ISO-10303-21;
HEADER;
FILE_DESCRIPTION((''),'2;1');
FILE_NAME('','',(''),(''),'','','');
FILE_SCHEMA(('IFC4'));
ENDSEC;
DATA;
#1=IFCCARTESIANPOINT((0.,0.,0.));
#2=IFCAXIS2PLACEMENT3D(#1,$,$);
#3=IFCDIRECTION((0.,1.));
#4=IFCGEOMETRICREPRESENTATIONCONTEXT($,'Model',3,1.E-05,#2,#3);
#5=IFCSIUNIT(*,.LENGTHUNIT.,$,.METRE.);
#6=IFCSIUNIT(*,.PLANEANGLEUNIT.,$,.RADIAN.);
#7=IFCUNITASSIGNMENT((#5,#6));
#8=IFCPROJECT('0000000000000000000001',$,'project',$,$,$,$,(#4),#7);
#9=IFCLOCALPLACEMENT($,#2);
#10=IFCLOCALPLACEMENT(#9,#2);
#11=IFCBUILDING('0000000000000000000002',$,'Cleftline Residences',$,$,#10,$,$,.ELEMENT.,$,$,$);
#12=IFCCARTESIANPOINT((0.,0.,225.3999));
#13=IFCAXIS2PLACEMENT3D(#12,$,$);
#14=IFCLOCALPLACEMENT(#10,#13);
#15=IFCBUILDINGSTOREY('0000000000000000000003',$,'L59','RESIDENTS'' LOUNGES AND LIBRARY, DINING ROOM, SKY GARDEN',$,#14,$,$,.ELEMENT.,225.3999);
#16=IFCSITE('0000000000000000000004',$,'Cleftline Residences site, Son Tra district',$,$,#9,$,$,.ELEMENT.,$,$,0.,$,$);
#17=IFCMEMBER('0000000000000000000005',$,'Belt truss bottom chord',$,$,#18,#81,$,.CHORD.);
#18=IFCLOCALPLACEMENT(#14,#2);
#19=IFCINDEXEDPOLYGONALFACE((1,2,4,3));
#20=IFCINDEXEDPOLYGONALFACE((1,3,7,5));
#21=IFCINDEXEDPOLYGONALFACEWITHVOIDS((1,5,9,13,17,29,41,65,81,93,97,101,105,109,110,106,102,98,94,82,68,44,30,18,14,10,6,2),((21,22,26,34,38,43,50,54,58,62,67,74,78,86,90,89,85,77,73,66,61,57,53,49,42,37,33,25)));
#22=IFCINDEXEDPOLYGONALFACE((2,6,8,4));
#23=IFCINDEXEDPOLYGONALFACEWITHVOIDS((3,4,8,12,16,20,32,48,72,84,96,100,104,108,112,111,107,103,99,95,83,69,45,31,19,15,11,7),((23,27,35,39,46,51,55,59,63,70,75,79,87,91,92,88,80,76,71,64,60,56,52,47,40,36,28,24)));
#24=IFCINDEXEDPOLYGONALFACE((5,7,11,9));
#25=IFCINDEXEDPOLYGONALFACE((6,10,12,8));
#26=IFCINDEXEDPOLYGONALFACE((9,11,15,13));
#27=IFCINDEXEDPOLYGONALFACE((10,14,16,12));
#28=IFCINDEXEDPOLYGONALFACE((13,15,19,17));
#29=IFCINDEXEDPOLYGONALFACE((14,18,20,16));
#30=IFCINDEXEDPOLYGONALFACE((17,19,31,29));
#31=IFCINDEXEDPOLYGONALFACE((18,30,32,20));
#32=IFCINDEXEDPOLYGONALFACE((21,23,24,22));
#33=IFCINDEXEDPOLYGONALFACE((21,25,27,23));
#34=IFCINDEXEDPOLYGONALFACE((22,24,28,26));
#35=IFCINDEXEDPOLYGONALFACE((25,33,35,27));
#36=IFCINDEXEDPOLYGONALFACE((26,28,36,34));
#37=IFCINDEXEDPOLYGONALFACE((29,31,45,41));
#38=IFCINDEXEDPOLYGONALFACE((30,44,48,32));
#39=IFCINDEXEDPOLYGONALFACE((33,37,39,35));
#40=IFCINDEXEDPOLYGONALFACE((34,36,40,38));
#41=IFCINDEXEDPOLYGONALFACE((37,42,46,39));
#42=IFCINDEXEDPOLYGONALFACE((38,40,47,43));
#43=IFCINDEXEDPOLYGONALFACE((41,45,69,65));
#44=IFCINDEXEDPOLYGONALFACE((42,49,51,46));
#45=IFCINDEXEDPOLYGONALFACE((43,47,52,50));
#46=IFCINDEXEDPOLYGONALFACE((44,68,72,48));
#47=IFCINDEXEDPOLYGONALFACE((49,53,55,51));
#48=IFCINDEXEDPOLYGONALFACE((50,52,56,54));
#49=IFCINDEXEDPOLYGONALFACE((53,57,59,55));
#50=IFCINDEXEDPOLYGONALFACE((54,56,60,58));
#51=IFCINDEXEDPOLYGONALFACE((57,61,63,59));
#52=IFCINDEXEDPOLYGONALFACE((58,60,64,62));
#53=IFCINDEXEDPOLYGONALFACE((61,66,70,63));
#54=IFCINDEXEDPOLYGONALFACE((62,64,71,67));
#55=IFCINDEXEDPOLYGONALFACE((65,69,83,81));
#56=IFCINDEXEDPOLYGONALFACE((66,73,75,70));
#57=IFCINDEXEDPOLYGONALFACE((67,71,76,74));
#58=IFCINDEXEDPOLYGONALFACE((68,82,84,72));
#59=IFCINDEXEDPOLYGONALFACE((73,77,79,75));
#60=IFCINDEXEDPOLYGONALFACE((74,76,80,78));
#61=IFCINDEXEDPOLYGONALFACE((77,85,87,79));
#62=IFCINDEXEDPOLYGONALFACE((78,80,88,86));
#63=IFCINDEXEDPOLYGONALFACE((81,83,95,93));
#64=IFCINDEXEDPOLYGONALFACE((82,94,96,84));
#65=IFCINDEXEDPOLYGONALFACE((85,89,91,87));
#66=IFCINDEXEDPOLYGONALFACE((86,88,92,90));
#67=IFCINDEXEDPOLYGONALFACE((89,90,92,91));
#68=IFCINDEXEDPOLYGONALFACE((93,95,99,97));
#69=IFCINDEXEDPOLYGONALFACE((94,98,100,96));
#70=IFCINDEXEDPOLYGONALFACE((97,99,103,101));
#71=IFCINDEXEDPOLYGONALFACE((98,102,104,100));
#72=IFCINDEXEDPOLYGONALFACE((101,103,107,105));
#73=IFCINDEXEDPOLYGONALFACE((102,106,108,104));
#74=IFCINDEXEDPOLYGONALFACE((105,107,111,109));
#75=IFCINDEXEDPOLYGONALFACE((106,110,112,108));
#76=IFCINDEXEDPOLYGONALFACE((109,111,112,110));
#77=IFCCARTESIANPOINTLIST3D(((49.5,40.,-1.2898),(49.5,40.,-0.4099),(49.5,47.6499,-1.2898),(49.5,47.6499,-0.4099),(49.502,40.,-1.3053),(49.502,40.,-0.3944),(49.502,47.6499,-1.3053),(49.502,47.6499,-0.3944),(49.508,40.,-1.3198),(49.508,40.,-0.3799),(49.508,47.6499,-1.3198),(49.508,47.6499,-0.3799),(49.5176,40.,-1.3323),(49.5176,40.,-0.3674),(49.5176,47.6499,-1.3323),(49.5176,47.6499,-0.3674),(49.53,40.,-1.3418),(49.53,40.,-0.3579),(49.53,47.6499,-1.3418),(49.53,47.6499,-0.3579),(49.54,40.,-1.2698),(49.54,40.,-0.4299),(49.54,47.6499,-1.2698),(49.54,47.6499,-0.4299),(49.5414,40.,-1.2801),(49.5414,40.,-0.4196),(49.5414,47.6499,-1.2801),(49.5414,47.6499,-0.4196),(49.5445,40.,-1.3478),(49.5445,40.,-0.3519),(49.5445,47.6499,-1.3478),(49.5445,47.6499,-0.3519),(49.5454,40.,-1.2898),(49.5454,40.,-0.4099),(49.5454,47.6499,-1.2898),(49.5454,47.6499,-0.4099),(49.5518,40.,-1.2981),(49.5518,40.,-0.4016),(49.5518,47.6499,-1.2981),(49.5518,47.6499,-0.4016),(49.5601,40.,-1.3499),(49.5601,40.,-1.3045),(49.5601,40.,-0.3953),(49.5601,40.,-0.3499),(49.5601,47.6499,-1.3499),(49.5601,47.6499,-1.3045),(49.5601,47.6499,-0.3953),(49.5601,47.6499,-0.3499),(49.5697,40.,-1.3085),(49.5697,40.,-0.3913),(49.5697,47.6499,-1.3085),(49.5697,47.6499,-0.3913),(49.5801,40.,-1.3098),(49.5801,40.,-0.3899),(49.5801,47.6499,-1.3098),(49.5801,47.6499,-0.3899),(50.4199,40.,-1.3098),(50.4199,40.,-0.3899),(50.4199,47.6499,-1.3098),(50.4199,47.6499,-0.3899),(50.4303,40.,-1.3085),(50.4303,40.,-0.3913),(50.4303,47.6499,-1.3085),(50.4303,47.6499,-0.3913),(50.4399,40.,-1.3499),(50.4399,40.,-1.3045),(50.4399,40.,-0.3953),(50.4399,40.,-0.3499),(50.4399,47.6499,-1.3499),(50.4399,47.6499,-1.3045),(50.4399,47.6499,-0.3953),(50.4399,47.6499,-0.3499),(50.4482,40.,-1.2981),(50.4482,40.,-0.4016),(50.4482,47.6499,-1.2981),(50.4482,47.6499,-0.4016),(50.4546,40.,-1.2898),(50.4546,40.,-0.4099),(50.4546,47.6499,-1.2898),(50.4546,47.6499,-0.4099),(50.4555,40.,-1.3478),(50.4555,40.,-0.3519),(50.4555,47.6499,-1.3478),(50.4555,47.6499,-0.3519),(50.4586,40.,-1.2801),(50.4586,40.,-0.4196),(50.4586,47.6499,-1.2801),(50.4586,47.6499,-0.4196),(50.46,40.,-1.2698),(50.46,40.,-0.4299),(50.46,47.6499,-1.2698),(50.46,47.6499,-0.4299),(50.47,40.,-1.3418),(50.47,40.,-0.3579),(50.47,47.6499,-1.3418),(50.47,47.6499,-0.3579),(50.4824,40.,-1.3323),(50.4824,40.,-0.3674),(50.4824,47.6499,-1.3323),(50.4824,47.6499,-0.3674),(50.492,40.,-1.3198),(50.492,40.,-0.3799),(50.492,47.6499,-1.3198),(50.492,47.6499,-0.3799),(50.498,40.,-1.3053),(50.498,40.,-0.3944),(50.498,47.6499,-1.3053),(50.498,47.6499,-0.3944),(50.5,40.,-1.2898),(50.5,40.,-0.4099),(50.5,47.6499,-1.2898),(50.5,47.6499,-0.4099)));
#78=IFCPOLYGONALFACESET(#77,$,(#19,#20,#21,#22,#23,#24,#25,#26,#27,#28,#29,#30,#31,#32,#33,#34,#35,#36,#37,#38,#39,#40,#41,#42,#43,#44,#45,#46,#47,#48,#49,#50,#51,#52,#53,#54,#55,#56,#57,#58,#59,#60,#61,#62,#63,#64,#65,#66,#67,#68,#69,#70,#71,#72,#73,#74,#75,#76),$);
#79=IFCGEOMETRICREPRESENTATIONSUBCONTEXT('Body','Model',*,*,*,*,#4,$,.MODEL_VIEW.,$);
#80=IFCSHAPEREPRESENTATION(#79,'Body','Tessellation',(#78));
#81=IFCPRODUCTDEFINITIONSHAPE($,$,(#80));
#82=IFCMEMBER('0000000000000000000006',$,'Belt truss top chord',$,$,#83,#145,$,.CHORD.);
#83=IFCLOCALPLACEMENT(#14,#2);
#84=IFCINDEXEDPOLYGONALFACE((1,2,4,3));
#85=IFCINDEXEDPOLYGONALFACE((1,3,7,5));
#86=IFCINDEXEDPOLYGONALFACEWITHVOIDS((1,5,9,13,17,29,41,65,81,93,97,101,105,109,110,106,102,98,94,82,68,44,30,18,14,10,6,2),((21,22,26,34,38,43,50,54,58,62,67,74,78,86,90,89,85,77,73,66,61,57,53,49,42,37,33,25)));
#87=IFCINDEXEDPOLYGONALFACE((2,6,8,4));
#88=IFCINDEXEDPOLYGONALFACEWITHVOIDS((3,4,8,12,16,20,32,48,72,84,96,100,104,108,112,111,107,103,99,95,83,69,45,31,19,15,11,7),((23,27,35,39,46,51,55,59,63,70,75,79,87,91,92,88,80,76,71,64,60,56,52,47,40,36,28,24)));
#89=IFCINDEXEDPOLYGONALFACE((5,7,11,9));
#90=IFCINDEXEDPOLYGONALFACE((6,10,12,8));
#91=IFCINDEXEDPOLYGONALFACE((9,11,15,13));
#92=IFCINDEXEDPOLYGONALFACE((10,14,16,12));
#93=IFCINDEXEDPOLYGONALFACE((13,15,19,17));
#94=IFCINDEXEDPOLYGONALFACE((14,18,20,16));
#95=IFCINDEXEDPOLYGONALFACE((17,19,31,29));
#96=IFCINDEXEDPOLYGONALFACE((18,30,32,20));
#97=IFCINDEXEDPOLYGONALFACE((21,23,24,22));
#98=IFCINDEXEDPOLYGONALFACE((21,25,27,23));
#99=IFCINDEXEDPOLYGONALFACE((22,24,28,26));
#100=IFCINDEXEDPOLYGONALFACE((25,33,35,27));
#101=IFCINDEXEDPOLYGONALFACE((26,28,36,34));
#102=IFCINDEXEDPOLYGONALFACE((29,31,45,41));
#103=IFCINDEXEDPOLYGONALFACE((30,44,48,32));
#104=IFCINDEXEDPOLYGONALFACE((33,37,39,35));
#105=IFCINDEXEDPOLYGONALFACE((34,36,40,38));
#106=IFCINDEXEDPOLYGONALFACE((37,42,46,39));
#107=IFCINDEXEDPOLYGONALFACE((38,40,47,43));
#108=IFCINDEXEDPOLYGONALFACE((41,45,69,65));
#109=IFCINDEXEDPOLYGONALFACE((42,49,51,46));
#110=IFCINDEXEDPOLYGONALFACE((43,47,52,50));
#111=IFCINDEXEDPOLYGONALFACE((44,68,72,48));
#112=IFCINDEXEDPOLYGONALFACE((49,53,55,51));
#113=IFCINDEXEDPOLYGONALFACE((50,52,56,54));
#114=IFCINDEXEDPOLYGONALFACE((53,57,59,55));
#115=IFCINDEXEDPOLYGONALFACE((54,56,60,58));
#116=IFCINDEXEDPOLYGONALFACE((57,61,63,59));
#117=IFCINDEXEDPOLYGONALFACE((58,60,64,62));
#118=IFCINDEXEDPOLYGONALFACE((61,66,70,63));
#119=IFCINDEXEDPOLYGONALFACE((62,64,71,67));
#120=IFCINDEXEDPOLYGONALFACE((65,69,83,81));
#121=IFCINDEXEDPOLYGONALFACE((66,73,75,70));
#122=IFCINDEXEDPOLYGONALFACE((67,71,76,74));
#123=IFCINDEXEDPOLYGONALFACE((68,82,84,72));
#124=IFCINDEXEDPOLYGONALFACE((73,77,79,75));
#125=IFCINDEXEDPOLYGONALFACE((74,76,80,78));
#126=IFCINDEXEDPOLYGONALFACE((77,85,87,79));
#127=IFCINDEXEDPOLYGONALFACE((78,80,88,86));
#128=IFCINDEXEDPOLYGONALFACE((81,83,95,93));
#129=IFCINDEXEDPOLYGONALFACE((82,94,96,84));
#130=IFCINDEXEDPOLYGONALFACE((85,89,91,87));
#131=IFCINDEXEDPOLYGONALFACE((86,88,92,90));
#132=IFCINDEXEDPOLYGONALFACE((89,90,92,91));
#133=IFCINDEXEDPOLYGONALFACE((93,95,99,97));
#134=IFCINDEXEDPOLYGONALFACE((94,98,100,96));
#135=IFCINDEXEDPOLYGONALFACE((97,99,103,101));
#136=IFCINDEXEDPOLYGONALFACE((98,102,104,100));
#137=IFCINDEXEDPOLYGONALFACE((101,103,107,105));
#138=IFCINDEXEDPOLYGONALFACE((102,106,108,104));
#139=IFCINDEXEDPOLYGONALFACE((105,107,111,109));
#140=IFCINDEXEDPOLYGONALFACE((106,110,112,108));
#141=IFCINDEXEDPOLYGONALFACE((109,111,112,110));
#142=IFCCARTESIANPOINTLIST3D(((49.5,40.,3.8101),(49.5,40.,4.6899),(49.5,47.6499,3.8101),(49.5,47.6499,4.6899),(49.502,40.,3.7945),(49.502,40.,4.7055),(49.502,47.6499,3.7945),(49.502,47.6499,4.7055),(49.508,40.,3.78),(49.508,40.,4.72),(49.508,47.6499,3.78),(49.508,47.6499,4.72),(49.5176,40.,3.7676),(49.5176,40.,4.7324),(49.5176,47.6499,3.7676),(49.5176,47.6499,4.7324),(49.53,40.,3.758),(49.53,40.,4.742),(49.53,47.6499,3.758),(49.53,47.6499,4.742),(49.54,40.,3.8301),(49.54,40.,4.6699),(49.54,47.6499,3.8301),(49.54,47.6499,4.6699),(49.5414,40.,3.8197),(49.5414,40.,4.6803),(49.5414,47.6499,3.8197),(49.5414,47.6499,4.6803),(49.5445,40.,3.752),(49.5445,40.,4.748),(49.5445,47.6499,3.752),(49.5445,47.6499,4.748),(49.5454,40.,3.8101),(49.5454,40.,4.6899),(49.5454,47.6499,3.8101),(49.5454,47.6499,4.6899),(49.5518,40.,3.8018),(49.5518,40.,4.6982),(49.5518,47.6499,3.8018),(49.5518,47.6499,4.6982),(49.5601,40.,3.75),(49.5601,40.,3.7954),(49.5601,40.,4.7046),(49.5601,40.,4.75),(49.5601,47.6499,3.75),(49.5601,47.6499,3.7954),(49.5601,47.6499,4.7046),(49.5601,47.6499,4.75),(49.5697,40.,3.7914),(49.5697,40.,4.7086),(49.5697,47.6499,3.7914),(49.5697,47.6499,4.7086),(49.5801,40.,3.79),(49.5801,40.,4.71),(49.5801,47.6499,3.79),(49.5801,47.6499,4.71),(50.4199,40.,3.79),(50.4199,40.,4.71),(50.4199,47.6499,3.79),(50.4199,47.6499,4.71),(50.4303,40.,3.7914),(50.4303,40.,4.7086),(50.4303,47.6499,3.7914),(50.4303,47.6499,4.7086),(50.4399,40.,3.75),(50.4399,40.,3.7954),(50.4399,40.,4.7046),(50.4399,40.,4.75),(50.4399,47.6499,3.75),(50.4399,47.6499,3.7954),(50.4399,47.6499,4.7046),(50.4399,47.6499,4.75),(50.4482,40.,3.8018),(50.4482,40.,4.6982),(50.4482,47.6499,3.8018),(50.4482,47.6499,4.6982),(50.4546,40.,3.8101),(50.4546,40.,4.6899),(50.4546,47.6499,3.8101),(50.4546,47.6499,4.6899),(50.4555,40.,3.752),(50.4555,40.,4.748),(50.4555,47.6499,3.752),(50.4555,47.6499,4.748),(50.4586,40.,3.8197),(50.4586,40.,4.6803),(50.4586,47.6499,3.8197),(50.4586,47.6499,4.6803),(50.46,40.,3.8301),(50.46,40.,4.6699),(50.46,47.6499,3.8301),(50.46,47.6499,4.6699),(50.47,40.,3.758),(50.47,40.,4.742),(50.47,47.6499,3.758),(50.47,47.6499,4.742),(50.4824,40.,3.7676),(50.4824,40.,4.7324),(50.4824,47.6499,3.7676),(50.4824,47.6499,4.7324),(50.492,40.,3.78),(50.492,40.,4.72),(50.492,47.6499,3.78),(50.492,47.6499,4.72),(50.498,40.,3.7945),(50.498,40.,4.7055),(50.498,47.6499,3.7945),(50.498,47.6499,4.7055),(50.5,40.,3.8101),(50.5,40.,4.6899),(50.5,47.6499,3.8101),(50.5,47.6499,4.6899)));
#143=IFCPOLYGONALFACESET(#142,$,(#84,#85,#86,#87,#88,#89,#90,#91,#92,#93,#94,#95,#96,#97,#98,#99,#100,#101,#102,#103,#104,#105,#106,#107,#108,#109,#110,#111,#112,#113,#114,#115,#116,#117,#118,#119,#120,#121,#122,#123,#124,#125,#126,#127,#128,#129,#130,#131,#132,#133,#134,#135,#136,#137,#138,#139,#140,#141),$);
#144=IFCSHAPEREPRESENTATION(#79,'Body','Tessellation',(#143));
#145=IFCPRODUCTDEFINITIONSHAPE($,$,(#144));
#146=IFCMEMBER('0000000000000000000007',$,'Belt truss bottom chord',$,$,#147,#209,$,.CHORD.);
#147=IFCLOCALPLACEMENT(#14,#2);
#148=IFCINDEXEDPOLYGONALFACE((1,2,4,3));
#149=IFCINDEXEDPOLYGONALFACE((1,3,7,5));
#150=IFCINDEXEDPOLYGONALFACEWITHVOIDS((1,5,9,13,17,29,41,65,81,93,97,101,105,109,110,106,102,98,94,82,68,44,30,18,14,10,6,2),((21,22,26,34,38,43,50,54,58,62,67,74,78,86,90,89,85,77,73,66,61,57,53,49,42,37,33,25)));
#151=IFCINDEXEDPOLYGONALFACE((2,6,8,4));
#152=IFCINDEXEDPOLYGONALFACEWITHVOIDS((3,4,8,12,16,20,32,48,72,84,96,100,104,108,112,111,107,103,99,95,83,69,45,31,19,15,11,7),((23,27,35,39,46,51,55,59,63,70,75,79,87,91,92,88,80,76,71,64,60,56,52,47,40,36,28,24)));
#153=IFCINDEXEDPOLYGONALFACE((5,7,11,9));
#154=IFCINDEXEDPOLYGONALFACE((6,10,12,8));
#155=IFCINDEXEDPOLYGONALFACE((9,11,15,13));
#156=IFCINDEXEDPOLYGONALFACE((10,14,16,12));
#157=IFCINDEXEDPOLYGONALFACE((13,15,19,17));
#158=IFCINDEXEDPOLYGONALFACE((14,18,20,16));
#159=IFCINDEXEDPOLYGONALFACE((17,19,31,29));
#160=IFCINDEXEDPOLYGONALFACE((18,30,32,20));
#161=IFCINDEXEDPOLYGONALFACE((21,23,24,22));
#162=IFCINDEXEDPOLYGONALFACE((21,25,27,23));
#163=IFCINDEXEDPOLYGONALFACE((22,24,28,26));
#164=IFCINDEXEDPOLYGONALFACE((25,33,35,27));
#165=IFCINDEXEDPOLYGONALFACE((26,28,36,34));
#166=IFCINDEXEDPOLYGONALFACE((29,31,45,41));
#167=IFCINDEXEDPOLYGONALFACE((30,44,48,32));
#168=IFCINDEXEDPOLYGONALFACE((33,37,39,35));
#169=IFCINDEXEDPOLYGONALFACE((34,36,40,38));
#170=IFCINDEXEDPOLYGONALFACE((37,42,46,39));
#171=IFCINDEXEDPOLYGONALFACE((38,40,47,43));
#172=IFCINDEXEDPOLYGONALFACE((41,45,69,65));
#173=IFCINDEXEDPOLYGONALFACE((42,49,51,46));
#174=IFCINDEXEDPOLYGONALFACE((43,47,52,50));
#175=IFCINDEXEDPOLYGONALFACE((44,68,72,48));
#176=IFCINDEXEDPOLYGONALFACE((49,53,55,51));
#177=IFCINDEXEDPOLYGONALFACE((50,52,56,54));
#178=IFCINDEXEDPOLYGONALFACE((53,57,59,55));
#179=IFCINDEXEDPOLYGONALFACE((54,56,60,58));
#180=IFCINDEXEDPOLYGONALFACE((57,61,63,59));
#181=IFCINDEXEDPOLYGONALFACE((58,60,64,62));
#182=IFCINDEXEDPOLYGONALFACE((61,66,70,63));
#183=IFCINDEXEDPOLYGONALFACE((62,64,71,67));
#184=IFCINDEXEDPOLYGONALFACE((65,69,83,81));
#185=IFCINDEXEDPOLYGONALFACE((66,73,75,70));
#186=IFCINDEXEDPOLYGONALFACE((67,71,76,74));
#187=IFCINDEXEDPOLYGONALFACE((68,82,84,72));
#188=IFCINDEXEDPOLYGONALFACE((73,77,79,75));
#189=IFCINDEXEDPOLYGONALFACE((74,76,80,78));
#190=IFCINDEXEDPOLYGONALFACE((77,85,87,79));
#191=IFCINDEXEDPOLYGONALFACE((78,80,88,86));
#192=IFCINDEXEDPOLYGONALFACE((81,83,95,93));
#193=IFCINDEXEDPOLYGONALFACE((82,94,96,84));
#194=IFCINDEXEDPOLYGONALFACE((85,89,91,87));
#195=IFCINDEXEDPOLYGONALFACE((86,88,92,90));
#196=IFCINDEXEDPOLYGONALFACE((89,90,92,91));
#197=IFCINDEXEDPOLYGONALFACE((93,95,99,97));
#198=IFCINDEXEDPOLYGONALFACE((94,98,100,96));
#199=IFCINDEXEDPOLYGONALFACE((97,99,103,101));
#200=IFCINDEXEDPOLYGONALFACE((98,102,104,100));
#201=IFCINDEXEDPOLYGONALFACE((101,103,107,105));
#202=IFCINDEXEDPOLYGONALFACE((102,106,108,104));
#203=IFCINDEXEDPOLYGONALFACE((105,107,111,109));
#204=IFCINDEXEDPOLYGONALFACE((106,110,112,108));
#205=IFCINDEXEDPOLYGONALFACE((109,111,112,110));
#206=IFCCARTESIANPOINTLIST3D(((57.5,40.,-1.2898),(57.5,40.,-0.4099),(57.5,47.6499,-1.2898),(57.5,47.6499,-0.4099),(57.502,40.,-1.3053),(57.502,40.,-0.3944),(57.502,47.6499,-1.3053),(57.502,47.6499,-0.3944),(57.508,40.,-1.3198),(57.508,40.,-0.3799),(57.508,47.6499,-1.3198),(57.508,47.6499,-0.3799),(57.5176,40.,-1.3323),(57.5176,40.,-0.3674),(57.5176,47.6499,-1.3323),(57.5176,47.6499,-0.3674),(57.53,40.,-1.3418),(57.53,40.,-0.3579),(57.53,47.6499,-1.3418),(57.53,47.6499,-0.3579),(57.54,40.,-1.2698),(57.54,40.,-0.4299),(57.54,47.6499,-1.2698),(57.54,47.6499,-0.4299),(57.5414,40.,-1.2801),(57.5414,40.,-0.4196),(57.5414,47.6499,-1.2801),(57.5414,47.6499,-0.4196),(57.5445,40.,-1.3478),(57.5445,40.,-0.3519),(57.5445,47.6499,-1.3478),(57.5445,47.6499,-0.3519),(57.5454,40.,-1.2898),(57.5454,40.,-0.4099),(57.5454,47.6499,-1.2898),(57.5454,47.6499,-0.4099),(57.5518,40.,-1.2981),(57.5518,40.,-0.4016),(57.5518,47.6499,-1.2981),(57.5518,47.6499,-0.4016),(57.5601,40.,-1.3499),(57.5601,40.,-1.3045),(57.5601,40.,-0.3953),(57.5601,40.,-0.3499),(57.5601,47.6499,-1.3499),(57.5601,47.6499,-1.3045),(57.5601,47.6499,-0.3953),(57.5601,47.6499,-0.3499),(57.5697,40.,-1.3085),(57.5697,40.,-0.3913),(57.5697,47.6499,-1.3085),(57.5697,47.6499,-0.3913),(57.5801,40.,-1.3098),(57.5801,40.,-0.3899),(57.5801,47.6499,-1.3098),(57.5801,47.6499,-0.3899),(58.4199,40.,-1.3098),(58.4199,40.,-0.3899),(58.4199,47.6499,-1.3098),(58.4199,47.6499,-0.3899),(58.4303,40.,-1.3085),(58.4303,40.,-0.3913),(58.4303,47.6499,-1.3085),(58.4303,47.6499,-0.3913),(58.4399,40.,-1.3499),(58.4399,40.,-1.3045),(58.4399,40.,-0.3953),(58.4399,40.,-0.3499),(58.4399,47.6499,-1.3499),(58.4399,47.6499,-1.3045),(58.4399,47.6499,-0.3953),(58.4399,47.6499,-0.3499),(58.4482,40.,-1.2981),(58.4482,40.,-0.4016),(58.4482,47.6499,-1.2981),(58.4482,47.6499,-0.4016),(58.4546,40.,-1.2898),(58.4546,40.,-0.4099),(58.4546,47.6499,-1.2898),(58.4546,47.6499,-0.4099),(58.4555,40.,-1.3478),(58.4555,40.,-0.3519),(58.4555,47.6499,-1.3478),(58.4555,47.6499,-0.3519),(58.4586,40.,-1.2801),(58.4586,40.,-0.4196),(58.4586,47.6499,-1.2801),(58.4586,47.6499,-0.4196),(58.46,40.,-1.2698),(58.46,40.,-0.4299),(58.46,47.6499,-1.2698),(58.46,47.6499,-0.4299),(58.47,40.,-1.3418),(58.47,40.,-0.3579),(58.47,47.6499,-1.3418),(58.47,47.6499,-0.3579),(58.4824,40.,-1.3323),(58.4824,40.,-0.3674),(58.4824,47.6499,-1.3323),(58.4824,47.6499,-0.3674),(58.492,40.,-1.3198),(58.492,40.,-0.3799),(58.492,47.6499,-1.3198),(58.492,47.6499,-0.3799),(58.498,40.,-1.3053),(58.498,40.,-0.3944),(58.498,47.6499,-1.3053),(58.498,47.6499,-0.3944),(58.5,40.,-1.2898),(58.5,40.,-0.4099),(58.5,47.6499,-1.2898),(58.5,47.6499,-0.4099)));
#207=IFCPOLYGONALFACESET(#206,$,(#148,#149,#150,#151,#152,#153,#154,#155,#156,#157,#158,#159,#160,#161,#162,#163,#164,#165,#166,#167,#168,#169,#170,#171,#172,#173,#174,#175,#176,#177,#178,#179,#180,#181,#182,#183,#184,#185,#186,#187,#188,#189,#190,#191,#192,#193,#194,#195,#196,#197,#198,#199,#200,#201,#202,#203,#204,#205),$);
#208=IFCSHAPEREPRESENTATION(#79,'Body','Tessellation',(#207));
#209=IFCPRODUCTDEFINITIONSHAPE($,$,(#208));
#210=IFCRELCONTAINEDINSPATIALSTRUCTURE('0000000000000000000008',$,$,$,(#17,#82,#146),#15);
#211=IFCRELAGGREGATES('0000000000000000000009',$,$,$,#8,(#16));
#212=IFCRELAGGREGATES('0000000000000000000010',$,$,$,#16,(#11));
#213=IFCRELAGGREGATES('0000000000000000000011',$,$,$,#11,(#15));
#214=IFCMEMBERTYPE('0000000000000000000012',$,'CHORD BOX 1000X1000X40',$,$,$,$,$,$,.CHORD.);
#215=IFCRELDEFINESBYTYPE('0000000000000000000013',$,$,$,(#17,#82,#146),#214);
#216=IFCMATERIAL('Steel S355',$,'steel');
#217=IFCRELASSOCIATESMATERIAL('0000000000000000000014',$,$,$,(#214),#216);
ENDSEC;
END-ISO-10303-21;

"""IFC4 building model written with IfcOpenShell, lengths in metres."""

from ifc_helpers import new_model, si_unit, direction, frame, origin, origin_2d, place, context, subcontext, project, spatial, hollow_rectangle, extrude, material, material_profile, profile_set, type_object, element, save


model = new_model("IFC4")

# Units and contexts
model_context = context("Model", 3, precision=1e-05, world=origin(), true_north=direction((0.0, 1.0)))
body_context = subcontext(model_context, "Body", "Model", "MODEL_VIEW")
ifc_project = project(units=[si_unit("LENGTHUNIT", "METRE"), si_unit("PLANEANGLEUNIT", "RADIAN")], contexts=[model_context])

# Site, building, storey
site_placement = place(None, origin())
site = spatial("IfcSite", under=ifc_project, at=site_placement, Name="Cleftline Residences site, Son Tra district", CompositionType="ELEMENT", RefElevation=0.0)
building_placement = place(site_placement, origin())
building = spatial("IfcBuilding", under=site, at=building_placement, Name="Cleftline Residences", CompositionType="ELEMENT")
storey_placement = place(building_placement, frame((0.0, 0.0, 225.3999)))
storey = spatial("IfcBuildingStorey", under=building, at=storey_placement, Name="L59", Description="RESIDENTS' LOUNGES AND LIBRARY, DINING ROOM, SKY GARDEN", CompositionType="ELEMENT", Elevation=225.3999)

# Members
ifc_material_1 = material(Name="Steel S355", Category="steel")
ifc_material_profile_1 = material_profile(ifc_material_1, hollow_rectangle(XDim=1.0, YDim=1.0, WallThickness=0.04, InnerFilletRadius=0.04, OuterFilletRadius=0.0601, at=origin_2d()))
ifc_profile_set_1 = profile_set([ifc_material_profile_1], Name="Steel S355")
member_type_1 = type_object("IfcMemberType", Name="CHORD BOX 1000X1000X40", PredefinedType="CHORD", material=ifc_profile_set_1)
for number, where, z_axis, x_axis, name in (
    (1, (50.0, 40.0, -0.8499), (0.0, 1.0, 0.0), (-1.0, 0.0, 0.0), "Belt truss bottom chord"),
    (2, (50.0, 40.0, 4.25), (0.0, 1.0, 0.0), (-1.0, 0.0, 0.0), "Belt truss top chord"),
    (3, (58.0, 40.0, -0.8499), (0.0, 1.0, 0.0), (-1.0, 0.0, 0.0), "Belt truss bottom chord"),
):
    element("IfcMember", number, at=place(storey_placement, frame(where, z_axis=z_axis, x_axis=x_axis)), inside=storey, type_object=member_type_1, Name=name, PredefinedType="CHORD", context=body_context, shape_type="SweptSolid", body=[
        extrude(hollow_rectangle(XDim=1.0, YDim=1.0, WallThickness=0.04, InnerFilletRadius=0.04, OuterFilletRadius=0.0601, at=origin_2d()), origin(), (0.0, 0.0, 1.0), 7.6499),
    ])

save(model, "model.ifc")
